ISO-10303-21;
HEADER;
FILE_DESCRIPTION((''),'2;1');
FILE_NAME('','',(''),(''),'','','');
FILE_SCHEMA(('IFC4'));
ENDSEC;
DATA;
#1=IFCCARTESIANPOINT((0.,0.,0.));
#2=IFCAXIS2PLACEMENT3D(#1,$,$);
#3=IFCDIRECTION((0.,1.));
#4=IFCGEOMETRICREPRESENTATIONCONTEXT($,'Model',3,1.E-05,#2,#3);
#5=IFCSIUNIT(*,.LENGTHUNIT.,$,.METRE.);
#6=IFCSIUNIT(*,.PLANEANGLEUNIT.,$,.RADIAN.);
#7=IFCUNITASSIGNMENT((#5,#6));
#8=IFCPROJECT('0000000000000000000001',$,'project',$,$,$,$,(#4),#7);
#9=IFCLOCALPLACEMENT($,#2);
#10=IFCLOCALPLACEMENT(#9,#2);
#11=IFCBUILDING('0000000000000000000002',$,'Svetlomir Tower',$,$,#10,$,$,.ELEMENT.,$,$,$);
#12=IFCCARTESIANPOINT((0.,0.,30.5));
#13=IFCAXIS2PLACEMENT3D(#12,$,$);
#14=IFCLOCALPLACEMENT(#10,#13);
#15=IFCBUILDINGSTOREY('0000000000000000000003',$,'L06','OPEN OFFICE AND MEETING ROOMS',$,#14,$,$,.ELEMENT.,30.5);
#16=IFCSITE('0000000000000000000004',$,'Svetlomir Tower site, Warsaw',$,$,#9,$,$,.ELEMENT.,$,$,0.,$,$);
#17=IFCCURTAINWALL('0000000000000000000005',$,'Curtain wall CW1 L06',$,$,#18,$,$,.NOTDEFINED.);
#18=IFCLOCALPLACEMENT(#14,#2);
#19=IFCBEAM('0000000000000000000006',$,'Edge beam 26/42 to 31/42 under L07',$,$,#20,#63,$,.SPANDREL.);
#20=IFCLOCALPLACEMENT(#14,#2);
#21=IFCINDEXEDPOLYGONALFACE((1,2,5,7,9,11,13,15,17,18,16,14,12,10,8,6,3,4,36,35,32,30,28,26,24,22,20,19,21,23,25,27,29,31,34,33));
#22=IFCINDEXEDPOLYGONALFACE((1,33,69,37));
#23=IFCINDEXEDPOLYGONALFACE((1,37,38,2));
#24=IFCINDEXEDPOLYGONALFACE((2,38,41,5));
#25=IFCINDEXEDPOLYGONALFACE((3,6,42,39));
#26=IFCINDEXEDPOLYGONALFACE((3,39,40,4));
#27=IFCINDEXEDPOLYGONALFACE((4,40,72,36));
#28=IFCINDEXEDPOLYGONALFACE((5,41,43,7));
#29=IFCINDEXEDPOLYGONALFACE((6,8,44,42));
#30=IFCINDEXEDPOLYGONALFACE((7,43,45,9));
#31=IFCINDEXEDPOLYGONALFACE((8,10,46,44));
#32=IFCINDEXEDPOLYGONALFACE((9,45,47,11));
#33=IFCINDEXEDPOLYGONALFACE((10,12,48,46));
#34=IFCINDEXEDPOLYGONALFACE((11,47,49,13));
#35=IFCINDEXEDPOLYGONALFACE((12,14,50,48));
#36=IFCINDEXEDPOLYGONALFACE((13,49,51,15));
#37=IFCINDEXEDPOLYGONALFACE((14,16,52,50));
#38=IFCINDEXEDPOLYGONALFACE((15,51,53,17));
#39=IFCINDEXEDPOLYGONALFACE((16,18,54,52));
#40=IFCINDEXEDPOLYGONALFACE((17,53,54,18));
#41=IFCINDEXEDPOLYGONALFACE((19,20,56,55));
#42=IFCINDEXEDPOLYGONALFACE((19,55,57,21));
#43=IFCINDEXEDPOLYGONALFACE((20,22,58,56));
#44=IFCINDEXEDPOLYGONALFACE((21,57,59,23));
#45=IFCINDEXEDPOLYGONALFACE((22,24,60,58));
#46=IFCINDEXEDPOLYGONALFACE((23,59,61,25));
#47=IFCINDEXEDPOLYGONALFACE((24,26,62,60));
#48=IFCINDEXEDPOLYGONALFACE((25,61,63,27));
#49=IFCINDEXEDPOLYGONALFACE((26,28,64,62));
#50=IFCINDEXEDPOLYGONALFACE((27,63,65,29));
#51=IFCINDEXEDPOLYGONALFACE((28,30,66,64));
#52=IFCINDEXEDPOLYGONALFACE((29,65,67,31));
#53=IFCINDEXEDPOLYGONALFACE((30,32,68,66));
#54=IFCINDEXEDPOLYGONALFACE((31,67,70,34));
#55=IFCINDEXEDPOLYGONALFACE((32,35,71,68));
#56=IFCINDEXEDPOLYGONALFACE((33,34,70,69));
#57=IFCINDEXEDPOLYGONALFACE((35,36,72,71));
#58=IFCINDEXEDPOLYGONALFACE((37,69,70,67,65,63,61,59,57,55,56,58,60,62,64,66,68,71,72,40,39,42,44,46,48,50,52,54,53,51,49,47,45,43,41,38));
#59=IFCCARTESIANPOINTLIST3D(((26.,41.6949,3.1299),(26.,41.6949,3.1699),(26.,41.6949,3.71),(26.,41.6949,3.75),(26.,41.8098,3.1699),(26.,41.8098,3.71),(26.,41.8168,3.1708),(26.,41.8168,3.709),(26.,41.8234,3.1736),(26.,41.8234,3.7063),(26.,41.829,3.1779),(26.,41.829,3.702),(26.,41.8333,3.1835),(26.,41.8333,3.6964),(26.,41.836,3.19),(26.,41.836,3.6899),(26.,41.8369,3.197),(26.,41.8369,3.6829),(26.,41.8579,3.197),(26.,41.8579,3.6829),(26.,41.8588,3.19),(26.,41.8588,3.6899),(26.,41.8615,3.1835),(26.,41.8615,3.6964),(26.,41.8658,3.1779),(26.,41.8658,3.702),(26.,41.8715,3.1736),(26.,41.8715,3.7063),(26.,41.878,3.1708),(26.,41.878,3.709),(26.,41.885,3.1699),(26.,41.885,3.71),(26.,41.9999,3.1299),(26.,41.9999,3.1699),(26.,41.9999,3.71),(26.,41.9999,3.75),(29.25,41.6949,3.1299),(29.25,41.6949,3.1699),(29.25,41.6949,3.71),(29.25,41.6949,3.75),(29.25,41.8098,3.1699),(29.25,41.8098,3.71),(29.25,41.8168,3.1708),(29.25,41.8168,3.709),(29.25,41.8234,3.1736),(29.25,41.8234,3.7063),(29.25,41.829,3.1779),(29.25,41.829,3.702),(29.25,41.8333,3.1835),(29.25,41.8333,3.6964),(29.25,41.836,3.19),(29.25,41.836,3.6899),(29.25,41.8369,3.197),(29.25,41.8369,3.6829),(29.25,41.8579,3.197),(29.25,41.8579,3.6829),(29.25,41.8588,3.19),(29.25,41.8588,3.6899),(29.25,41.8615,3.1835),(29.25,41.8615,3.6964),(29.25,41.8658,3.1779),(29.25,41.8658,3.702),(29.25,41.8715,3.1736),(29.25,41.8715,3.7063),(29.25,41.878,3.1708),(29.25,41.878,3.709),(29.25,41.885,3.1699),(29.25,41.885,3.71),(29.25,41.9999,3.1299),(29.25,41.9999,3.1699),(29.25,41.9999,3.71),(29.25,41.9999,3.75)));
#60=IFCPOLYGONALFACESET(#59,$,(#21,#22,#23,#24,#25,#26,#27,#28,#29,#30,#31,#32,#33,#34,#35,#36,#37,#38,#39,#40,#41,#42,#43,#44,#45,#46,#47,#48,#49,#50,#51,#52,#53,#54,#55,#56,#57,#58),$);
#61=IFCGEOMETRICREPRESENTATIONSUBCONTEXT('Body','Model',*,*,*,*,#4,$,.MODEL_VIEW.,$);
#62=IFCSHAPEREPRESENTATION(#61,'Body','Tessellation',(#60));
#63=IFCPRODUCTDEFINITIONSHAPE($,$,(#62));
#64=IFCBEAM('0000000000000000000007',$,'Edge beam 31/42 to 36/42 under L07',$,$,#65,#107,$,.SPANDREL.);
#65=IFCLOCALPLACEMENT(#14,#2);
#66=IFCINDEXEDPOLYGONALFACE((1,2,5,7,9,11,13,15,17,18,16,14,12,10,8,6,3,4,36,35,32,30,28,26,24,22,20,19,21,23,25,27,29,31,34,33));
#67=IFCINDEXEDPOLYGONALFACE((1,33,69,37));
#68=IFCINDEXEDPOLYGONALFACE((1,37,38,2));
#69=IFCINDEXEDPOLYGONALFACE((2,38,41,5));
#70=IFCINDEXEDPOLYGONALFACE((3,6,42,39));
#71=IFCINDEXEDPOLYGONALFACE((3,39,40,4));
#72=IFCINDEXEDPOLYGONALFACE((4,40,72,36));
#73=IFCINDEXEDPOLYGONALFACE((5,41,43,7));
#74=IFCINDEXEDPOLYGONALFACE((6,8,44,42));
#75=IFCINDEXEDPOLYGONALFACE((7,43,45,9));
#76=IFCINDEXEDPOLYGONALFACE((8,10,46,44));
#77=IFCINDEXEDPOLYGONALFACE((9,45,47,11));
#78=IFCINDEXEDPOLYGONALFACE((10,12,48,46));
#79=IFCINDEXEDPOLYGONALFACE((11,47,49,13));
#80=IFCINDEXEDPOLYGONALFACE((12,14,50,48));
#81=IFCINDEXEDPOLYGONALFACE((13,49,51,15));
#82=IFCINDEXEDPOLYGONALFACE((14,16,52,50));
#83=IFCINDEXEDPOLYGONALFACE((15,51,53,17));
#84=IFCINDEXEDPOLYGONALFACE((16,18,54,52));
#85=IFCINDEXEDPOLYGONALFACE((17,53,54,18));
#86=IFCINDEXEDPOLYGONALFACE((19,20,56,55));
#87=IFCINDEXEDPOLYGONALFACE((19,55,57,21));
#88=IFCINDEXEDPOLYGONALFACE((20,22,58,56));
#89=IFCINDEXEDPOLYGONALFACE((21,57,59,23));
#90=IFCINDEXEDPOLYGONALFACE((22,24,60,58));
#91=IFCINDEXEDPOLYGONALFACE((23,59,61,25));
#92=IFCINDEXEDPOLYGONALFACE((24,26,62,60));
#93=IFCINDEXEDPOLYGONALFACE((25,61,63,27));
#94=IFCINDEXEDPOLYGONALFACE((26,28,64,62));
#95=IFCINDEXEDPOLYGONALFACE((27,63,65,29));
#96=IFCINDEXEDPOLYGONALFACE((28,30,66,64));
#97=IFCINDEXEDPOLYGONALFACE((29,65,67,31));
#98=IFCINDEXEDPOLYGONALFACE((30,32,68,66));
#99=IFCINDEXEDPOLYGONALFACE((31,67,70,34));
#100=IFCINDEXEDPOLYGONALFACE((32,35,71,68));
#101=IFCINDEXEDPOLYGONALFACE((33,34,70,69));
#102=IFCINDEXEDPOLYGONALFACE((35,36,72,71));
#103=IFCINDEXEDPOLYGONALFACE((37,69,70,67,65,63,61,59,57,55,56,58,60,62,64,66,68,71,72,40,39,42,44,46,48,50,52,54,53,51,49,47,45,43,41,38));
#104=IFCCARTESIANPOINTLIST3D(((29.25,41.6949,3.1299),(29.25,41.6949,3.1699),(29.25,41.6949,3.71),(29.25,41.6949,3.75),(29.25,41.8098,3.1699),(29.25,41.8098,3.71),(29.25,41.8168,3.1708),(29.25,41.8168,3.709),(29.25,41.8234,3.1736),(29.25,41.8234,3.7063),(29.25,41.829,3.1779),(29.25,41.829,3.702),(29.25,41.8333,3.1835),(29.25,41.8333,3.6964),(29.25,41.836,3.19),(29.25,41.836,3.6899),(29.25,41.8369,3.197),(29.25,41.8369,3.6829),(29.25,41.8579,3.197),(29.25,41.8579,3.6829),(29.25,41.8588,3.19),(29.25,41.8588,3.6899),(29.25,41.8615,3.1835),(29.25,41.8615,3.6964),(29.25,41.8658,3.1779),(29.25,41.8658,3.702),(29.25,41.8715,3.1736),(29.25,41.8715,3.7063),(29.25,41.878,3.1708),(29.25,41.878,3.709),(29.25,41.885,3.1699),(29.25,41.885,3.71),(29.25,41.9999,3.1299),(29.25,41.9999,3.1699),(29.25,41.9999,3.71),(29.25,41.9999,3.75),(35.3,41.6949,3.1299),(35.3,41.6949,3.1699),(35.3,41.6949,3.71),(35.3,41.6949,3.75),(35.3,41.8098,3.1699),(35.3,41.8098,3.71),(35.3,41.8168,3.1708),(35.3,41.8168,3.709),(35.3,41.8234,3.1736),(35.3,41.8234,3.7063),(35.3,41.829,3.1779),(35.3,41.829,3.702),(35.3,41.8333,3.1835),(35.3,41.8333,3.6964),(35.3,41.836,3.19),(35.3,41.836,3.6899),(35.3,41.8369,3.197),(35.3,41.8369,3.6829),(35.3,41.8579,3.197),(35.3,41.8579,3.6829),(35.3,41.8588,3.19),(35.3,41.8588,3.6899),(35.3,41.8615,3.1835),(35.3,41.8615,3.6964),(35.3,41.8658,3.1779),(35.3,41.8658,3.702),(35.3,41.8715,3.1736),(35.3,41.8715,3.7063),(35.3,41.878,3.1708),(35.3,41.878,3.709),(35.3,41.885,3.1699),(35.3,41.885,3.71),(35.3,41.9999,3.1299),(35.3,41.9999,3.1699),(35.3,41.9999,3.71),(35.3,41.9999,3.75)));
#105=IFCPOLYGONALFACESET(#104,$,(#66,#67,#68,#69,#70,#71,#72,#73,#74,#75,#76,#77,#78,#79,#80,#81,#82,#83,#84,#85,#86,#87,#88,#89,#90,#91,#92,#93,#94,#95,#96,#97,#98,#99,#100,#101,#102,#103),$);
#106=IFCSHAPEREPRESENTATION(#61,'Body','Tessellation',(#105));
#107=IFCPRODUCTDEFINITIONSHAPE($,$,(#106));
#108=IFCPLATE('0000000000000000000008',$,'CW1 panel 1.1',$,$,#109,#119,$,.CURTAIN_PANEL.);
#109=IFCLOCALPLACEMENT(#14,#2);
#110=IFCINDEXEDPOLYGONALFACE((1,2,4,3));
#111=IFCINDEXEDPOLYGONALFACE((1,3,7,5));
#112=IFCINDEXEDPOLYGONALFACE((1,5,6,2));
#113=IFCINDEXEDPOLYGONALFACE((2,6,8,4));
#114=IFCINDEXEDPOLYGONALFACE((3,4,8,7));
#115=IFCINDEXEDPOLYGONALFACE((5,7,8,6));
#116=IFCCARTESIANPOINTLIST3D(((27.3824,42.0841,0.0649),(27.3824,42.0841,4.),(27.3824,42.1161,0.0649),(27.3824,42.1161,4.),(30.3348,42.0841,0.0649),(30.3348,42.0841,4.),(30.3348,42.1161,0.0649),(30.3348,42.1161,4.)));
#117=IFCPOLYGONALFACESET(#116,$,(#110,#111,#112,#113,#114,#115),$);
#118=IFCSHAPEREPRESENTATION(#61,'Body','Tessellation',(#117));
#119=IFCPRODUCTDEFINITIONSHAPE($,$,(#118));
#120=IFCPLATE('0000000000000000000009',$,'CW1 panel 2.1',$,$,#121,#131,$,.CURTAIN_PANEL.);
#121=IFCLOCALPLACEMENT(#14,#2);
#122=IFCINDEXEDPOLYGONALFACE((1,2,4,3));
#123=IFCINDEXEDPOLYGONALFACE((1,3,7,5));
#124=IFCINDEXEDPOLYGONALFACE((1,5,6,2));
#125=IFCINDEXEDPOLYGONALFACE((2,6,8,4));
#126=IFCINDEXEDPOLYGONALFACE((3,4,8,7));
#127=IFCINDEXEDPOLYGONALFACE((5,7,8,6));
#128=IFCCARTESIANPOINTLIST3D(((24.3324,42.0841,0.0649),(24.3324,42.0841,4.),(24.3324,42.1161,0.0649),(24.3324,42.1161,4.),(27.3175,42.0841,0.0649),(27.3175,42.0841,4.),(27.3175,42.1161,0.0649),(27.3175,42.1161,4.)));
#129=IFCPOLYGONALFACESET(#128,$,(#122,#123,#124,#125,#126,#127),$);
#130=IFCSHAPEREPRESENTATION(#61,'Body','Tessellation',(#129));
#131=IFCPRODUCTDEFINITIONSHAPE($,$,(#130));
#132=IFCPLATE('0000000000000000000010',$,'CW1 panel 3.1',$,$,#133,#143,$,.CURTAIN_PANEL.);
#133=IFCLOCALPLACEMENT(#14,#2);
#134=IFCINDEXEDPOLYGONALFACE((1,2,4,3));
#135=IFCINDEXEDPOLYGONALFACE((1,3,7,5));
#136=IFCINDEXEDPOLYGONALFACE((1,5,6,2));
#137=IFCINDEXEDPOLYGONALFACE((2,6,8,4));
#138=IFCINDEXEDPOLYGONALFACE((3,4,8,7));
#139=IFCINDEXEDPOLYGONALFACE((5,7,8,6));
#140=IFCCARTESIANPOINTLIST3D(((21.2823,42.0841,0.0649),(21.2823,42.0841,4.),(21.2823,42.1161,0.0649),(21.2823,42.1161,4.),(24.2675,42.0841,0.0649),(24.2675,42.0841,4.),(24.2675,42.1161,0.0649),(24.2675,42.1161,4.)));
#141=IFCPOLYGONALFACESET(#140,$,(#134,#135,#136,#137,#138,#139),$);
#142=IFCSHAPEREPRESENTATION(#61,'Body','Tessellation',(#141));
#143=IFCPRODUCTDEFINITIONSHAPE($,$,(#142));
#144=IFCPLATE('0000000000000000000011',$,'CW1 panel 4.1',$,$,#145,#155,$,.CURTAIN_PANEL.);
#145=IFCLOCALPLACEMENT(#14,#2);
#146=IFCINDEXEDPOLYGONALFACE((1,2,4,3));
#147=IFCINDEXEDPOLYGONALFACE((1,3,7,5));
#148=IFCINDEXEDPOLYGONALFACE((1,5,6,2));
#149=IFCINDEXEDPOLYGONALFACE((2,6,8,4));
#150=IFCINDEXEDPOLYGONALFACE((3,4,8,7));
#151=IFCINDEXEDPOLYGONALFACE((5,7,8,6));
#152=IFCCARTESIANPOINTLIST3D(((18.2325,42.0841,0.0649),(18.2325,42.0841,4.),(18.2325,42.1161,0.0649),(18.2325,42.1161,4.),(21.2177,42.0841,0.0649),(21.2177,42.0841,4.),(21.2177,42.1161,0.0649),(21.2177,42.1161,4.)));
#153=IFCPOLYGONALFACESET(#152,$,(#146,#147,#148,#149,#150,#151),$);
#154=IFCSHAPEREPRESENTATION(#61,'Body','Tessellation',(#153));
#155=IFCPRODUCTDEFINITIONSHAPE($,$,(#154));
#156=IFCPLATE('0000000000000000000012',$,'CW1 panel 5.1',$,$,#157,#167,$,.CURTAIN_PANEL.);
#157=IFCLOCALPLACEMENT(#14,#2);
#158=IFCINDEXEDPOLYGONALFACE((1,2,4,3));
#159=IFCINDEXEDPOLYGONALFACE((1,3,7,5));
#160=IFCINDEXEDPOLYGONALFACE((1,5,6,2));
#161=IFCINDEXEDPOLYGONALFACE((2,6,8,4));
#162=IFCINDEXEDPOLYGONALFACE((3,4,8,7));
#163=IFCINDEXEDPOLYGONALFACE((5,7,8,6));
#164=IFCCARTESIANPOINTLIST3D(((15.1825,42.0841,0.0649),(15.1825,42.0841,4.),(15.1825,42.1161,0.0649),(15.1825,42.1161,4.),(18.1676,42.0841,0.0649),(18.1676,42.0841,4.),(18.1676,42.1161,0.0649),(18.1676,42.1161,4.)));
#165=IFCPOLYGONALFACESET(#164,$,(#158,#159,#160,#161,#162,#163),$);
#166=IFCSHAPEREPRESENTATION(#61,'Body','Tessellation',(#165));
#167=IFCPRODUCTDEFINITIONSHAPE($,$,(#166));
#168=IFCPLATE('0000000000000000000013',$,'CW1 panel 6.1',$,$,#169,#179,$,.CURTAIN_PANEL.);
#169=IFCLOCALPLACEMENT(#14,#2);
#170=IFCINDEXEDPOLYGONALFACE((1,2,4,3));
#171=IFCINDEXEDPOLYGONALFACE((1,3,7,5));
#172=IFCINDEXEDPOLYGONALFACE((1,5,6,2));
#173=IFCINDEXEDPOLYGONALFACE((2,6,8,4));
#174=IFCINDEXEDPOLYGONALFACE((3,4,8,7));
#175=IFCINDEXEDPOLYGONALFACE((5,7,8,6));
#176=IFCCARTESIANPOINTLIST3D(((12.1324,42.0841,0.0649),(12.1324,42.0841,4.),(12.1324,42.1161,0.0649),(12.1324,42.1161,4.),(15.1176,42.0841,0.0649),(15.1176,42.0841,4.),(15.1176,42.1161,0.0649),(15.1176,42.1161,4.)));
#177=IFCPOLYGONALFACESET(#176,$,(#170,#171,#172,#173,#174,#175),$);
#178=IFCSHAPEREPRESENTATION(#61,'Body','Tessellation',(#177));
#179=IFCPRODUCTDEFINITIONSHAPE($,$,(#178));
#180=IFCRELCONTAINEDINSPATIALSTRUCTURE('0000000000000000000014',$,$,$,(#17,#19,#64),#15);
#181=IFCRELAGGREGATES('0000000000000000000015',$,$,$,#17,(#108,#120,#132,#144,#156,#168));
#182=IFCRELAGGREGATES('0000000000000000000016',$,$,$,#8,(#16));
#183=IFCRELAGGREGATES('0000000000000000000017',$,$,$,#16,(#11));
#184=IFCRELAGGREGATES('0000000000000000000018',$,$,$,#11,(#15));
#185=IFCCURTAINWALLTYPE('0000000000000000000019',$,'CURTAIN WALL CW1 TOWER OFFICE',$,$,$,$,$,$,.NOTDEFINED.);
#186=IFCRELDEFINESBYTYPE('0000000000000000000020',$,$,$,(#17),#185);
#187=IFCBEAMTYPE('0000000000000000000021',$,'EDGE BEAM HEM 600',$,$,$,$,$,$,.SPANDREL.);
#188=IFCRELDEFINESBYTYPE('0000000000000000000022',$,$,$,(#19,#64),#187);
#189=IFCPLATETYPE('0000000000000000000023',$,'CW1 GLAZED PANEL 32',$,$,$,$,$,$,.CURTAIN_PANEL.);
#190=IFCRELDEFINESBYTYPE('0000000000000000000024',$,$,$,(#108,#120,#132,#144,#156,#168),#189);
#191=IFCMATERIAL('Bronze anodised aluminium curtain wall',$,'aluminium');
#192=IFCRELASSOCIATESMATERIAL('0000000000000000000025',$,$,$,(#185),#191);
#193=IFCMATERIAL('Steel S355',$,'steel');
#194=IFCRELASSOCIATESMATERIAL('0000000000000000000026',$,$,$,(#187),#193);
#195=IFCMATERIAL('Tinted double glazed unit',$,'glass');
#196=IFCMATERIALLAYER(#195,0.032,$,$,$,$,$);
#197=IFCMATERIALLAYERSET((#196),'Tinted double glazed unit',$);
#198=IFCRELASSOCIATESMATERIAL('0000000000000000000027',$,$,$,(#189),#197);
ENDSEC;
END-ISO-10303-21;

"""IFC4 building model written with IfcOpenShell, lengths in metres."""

from ifc_helpers import new_model, si_unit, direction, frame, origin, origin_2d, place, context, subcontext, project, spatial, rectangle, i_section, extrude, material, layer, layer_set, material_profile, profile_set, type_object, element, aggregate, save


model = new_model("IFC4")

# Units and contexts
model_context = context("Model", 3, precision=1e-05, world=origin(), true_north=direction((0.0, 1.0)))
body_context = subcontext(model_context, "Body", "Model", "MODEL_VIEW")
ifc_project = project(units=[si_unit("LENGTHUNIT", "METRE"), si_unit("PLANEANGLEUNIT", "RADIAN")], contexts=[model_context])

# Site, building, storey
site_placement = place(None, origin())
site = spatial("IfcSite", under=ifc_project, at=site_placement, Name="Svetlomir Tower site, Warsaw", CompositionType="ELEMENT", RefElevation=0.0)
building_placement = place(site_placement, origin())
building = spatial("IfcBuilding", under=site, at=building_placement, Name="Svetlomir Tower", CompositionType="ELEMENT")
storey_placement = place(building_placement, frame((0.0, 0.0, 30.5)))
storey = spatial("IfcBuildingStorey", under=building, at=storey_placement, Name="L06", Description="OPEN OFFICE AND MEETING ROOMS", CompositionType="ELEMENT", Elevation=30.5)

# Curtain wall
ifc_material_1 = material(Name="Bronze anodised aluminium curtain wall", Category="aluminium")
curtain_wall_type = type_object("IfcCurtainWallType", Name="CURTAIN WALL CW1 TOWER OFFICE", PredefinedType="NOTDEFINED", material=ifc_material_1)
curtain_wall_placement = place(storey_placement, origin())
curtain_wall = element("IfcCurtainWall", 1, at=curtain_wall_placement, inside=storey, type_object=curtain_wall_type, Name="Curtain wall CW1 L06", PredefinedType="NOTDEFINED")

# Beams
ifc_material_2 = material(Name="Steel S355", Category="steel")
ifc_material_profile_1 = material_profile(ifc_material_2, i_section(OverallWidth=0.3049, OverallDepth=0.6201, WebThickness=0.021, FlangeThickness=0.04, FilletRadius=0.0271, at=origin_2d()), Name="HEM 600")
ifc_profile_set_1 = profile_set([ifc_material_profile_1], Name="Steel S355")
beam_type = type_object("IfcBeamType", Name="EDGE BEAM HEM 600", PredefinedType="SPANDREL", material=ifc_profile_set_1)
beam_1_placement = place(storey_placement, frame((26.0, 41.8474, 3.4399), z_axis=(1.0, 0.0, 0.0), x_axis=(0.0, 1.0, 0.0)))
element("IfcBeam", 2, at=beam_1_placement, inside=storey, type_object=beam_type, Name="Edge beam 26/42 to 31/42 under L07", PredefinedType="SPANDREL", context=body_context, shape_type="SweptSolid", body=[
    extrude(i_section(OverallWidth=0.3049, OverallDepth=0.6201, WebThickness=0.021, FlangeThickness=0.04, FilletRadius=0.0271, at=origin_2d()), origin(), (0.0, 0.0, 1.0), 3.25),
])
beam_2_placement = place(storey_placement, frame((29.25, 41.8474, 3.4399), z_axis=(1.0, 0.0, 0.0), x_axis=(0.0, 1.0, 0.0)))
element("IfcBeam", 3, at=beam_2_placement, inside=storey, type_object=beam_type, Name="Edge beam 31/42 to 36/42 under L07", PredefinedType="SPANDREL", context=body_context, shape_type="SweptSolid", body=[
    extrude(i_section(OverallWidth=0.3049, OverallDepth=0.6201, WebThickness=0.021, FlangeThickness=0.04, FilletRadius=0.0271, at=origin_2d()), origin(), (0.0, 0.0, 1.0), 6.05),
])

# Plates
ifc_material_3 = material(Name="Tinted double glazed unit", Category="glass")
ifc_layer = layer(ifc_material_3, 0.032)
ifc_layer_set = layer_set([ifc_layer], Name="Tinted double glazed unit")
plate_type = type_object("IfcPlateType", Name="CW1 GLAZED PANEL 32", PredefinedType="CURTAIN_PANEL", material=ifc_layer_set)
plate_1_placement = place(storey_placement, frame((28.8586, 42.1001, 0.0649), z_axis=(0.0, 0.0, 1.0), x_axis=(-1.0, 0.0, 0.0)))
plate_1 = element("IfcPlate", 4, at=plate_1_placement, type_object=plate_type, Name="CW1 panel 1.1", PredefinedType="CURTAIN_PANEL", context=body_context, shape_type="SweptSolid", body=[
    extrude(rectangle(XDim=2.9524, YDim=0.032, at=origin_2d()), origin(), (0.0, 0.0, 1.0), 3.9351),
])
plate_2_placement = place(storey_placement, frame((25.825, 42.1001, 0.0649), z_axis=(0.0, 0.0, 1.0), x_axis=(-1.0, 0.0, 0.0)))
plate_2 = element("IfcPlate", 5, at=plate_2_placement, type_object=plate_type, Name="CW1 panel 2.1", PredefinedType="CURTAIN_PANEL", context=body_context, shape_type="SweptSolid", body=[
    extrude(rectangle(XDim=2.9851, YDim=0.032, at=origin_2d()), origin(), (0.0, 0.0, 1.0), 3.9351),
])
plate_3_placement = place(storey_placement, frame((22.7749, 42.1001, 0.0649), z_axis=(0.0, 0.0, 1.0), x_axis=(-1.0, 0.0, 0.0)))
plate_3 = element("IfcPlate", 6, at=plate_3_placement, type_object=plate_type, Name="CW1 panel 3.1", PredefinedType="CURTAIN_PANEL", context=body_context, shape_type="SweptSolid", body=[
    extrude(rectangle(XDim=2.9851, YDim=0.032, at=origin_2d()), origin(), (0.0, 0.0, 1.0), 3.9351),
])
plate_4_placement = place(storey_placement, frame((19.7251, 42.1001, 0.0649), z_axis=(0.0, 0.0, 1.0), x_axis=(-1.0, 0.0, 0.0)))
plate_4 = element("IfcPlate", 7, at=plate_4_placement, type_object=plate_type, Name="CW1 panel 4.1", PredefinedType="CURTAIN_PANEL", context=body_context, shape_type="SweptSolid", body=[
    extrude(rectangle(XDim=2.9851, YDim=0.032, at=origin_2d()), origin(), (0.0, 0.0, 1.0), 3.9351),
])
plate_5_placement = place(storey_placement, frame((16.675, 42.1001, 0.0649), z_axis=(0.0, 0.0, 1.0), x_axis=(-1.0, 0.0, 0.0)))
plate_5 = element("IfcPlate", 8, at=plate_5_placement, type_object=plate_type, Name="CW1 panel 5.1", PredefinedType="CURTAIN_PANEL", context=body_context, shape_type="SweptSolid", body=[
    extrude(rectangle(XDim=2.9851, YDim=0.032, at=origin_2d()), origin(), (0.0, 0.0, 1.0), 3.9351),
])
plate_6_placement = place(storey_placement, frame((13.625, 42.1001, 0.0649), z_axis=(0.0, 0.0, 1.0), x_axis=(-1.0, 0.0, 0.0)))
plate_6 = element("IfcPlate", 9, at=plate_6_placement, type_object=plate_type, Name="CW1 panel 6.1", PredefinedType="CURTAIN_PANEL", context=body_context, shape_type="SweptSolid", body=[
    extrude(rectangle(XDim=2.9851, YDim=0.032, at=origin_2d()), origin(), (0.0, 0.0, 1.0), 3.9351),
])
aggregate(curtain_wall, [plate_1, plate_2, plate_3, plate_4, plate_5, plate_6])

save(model, "model.ifc")
